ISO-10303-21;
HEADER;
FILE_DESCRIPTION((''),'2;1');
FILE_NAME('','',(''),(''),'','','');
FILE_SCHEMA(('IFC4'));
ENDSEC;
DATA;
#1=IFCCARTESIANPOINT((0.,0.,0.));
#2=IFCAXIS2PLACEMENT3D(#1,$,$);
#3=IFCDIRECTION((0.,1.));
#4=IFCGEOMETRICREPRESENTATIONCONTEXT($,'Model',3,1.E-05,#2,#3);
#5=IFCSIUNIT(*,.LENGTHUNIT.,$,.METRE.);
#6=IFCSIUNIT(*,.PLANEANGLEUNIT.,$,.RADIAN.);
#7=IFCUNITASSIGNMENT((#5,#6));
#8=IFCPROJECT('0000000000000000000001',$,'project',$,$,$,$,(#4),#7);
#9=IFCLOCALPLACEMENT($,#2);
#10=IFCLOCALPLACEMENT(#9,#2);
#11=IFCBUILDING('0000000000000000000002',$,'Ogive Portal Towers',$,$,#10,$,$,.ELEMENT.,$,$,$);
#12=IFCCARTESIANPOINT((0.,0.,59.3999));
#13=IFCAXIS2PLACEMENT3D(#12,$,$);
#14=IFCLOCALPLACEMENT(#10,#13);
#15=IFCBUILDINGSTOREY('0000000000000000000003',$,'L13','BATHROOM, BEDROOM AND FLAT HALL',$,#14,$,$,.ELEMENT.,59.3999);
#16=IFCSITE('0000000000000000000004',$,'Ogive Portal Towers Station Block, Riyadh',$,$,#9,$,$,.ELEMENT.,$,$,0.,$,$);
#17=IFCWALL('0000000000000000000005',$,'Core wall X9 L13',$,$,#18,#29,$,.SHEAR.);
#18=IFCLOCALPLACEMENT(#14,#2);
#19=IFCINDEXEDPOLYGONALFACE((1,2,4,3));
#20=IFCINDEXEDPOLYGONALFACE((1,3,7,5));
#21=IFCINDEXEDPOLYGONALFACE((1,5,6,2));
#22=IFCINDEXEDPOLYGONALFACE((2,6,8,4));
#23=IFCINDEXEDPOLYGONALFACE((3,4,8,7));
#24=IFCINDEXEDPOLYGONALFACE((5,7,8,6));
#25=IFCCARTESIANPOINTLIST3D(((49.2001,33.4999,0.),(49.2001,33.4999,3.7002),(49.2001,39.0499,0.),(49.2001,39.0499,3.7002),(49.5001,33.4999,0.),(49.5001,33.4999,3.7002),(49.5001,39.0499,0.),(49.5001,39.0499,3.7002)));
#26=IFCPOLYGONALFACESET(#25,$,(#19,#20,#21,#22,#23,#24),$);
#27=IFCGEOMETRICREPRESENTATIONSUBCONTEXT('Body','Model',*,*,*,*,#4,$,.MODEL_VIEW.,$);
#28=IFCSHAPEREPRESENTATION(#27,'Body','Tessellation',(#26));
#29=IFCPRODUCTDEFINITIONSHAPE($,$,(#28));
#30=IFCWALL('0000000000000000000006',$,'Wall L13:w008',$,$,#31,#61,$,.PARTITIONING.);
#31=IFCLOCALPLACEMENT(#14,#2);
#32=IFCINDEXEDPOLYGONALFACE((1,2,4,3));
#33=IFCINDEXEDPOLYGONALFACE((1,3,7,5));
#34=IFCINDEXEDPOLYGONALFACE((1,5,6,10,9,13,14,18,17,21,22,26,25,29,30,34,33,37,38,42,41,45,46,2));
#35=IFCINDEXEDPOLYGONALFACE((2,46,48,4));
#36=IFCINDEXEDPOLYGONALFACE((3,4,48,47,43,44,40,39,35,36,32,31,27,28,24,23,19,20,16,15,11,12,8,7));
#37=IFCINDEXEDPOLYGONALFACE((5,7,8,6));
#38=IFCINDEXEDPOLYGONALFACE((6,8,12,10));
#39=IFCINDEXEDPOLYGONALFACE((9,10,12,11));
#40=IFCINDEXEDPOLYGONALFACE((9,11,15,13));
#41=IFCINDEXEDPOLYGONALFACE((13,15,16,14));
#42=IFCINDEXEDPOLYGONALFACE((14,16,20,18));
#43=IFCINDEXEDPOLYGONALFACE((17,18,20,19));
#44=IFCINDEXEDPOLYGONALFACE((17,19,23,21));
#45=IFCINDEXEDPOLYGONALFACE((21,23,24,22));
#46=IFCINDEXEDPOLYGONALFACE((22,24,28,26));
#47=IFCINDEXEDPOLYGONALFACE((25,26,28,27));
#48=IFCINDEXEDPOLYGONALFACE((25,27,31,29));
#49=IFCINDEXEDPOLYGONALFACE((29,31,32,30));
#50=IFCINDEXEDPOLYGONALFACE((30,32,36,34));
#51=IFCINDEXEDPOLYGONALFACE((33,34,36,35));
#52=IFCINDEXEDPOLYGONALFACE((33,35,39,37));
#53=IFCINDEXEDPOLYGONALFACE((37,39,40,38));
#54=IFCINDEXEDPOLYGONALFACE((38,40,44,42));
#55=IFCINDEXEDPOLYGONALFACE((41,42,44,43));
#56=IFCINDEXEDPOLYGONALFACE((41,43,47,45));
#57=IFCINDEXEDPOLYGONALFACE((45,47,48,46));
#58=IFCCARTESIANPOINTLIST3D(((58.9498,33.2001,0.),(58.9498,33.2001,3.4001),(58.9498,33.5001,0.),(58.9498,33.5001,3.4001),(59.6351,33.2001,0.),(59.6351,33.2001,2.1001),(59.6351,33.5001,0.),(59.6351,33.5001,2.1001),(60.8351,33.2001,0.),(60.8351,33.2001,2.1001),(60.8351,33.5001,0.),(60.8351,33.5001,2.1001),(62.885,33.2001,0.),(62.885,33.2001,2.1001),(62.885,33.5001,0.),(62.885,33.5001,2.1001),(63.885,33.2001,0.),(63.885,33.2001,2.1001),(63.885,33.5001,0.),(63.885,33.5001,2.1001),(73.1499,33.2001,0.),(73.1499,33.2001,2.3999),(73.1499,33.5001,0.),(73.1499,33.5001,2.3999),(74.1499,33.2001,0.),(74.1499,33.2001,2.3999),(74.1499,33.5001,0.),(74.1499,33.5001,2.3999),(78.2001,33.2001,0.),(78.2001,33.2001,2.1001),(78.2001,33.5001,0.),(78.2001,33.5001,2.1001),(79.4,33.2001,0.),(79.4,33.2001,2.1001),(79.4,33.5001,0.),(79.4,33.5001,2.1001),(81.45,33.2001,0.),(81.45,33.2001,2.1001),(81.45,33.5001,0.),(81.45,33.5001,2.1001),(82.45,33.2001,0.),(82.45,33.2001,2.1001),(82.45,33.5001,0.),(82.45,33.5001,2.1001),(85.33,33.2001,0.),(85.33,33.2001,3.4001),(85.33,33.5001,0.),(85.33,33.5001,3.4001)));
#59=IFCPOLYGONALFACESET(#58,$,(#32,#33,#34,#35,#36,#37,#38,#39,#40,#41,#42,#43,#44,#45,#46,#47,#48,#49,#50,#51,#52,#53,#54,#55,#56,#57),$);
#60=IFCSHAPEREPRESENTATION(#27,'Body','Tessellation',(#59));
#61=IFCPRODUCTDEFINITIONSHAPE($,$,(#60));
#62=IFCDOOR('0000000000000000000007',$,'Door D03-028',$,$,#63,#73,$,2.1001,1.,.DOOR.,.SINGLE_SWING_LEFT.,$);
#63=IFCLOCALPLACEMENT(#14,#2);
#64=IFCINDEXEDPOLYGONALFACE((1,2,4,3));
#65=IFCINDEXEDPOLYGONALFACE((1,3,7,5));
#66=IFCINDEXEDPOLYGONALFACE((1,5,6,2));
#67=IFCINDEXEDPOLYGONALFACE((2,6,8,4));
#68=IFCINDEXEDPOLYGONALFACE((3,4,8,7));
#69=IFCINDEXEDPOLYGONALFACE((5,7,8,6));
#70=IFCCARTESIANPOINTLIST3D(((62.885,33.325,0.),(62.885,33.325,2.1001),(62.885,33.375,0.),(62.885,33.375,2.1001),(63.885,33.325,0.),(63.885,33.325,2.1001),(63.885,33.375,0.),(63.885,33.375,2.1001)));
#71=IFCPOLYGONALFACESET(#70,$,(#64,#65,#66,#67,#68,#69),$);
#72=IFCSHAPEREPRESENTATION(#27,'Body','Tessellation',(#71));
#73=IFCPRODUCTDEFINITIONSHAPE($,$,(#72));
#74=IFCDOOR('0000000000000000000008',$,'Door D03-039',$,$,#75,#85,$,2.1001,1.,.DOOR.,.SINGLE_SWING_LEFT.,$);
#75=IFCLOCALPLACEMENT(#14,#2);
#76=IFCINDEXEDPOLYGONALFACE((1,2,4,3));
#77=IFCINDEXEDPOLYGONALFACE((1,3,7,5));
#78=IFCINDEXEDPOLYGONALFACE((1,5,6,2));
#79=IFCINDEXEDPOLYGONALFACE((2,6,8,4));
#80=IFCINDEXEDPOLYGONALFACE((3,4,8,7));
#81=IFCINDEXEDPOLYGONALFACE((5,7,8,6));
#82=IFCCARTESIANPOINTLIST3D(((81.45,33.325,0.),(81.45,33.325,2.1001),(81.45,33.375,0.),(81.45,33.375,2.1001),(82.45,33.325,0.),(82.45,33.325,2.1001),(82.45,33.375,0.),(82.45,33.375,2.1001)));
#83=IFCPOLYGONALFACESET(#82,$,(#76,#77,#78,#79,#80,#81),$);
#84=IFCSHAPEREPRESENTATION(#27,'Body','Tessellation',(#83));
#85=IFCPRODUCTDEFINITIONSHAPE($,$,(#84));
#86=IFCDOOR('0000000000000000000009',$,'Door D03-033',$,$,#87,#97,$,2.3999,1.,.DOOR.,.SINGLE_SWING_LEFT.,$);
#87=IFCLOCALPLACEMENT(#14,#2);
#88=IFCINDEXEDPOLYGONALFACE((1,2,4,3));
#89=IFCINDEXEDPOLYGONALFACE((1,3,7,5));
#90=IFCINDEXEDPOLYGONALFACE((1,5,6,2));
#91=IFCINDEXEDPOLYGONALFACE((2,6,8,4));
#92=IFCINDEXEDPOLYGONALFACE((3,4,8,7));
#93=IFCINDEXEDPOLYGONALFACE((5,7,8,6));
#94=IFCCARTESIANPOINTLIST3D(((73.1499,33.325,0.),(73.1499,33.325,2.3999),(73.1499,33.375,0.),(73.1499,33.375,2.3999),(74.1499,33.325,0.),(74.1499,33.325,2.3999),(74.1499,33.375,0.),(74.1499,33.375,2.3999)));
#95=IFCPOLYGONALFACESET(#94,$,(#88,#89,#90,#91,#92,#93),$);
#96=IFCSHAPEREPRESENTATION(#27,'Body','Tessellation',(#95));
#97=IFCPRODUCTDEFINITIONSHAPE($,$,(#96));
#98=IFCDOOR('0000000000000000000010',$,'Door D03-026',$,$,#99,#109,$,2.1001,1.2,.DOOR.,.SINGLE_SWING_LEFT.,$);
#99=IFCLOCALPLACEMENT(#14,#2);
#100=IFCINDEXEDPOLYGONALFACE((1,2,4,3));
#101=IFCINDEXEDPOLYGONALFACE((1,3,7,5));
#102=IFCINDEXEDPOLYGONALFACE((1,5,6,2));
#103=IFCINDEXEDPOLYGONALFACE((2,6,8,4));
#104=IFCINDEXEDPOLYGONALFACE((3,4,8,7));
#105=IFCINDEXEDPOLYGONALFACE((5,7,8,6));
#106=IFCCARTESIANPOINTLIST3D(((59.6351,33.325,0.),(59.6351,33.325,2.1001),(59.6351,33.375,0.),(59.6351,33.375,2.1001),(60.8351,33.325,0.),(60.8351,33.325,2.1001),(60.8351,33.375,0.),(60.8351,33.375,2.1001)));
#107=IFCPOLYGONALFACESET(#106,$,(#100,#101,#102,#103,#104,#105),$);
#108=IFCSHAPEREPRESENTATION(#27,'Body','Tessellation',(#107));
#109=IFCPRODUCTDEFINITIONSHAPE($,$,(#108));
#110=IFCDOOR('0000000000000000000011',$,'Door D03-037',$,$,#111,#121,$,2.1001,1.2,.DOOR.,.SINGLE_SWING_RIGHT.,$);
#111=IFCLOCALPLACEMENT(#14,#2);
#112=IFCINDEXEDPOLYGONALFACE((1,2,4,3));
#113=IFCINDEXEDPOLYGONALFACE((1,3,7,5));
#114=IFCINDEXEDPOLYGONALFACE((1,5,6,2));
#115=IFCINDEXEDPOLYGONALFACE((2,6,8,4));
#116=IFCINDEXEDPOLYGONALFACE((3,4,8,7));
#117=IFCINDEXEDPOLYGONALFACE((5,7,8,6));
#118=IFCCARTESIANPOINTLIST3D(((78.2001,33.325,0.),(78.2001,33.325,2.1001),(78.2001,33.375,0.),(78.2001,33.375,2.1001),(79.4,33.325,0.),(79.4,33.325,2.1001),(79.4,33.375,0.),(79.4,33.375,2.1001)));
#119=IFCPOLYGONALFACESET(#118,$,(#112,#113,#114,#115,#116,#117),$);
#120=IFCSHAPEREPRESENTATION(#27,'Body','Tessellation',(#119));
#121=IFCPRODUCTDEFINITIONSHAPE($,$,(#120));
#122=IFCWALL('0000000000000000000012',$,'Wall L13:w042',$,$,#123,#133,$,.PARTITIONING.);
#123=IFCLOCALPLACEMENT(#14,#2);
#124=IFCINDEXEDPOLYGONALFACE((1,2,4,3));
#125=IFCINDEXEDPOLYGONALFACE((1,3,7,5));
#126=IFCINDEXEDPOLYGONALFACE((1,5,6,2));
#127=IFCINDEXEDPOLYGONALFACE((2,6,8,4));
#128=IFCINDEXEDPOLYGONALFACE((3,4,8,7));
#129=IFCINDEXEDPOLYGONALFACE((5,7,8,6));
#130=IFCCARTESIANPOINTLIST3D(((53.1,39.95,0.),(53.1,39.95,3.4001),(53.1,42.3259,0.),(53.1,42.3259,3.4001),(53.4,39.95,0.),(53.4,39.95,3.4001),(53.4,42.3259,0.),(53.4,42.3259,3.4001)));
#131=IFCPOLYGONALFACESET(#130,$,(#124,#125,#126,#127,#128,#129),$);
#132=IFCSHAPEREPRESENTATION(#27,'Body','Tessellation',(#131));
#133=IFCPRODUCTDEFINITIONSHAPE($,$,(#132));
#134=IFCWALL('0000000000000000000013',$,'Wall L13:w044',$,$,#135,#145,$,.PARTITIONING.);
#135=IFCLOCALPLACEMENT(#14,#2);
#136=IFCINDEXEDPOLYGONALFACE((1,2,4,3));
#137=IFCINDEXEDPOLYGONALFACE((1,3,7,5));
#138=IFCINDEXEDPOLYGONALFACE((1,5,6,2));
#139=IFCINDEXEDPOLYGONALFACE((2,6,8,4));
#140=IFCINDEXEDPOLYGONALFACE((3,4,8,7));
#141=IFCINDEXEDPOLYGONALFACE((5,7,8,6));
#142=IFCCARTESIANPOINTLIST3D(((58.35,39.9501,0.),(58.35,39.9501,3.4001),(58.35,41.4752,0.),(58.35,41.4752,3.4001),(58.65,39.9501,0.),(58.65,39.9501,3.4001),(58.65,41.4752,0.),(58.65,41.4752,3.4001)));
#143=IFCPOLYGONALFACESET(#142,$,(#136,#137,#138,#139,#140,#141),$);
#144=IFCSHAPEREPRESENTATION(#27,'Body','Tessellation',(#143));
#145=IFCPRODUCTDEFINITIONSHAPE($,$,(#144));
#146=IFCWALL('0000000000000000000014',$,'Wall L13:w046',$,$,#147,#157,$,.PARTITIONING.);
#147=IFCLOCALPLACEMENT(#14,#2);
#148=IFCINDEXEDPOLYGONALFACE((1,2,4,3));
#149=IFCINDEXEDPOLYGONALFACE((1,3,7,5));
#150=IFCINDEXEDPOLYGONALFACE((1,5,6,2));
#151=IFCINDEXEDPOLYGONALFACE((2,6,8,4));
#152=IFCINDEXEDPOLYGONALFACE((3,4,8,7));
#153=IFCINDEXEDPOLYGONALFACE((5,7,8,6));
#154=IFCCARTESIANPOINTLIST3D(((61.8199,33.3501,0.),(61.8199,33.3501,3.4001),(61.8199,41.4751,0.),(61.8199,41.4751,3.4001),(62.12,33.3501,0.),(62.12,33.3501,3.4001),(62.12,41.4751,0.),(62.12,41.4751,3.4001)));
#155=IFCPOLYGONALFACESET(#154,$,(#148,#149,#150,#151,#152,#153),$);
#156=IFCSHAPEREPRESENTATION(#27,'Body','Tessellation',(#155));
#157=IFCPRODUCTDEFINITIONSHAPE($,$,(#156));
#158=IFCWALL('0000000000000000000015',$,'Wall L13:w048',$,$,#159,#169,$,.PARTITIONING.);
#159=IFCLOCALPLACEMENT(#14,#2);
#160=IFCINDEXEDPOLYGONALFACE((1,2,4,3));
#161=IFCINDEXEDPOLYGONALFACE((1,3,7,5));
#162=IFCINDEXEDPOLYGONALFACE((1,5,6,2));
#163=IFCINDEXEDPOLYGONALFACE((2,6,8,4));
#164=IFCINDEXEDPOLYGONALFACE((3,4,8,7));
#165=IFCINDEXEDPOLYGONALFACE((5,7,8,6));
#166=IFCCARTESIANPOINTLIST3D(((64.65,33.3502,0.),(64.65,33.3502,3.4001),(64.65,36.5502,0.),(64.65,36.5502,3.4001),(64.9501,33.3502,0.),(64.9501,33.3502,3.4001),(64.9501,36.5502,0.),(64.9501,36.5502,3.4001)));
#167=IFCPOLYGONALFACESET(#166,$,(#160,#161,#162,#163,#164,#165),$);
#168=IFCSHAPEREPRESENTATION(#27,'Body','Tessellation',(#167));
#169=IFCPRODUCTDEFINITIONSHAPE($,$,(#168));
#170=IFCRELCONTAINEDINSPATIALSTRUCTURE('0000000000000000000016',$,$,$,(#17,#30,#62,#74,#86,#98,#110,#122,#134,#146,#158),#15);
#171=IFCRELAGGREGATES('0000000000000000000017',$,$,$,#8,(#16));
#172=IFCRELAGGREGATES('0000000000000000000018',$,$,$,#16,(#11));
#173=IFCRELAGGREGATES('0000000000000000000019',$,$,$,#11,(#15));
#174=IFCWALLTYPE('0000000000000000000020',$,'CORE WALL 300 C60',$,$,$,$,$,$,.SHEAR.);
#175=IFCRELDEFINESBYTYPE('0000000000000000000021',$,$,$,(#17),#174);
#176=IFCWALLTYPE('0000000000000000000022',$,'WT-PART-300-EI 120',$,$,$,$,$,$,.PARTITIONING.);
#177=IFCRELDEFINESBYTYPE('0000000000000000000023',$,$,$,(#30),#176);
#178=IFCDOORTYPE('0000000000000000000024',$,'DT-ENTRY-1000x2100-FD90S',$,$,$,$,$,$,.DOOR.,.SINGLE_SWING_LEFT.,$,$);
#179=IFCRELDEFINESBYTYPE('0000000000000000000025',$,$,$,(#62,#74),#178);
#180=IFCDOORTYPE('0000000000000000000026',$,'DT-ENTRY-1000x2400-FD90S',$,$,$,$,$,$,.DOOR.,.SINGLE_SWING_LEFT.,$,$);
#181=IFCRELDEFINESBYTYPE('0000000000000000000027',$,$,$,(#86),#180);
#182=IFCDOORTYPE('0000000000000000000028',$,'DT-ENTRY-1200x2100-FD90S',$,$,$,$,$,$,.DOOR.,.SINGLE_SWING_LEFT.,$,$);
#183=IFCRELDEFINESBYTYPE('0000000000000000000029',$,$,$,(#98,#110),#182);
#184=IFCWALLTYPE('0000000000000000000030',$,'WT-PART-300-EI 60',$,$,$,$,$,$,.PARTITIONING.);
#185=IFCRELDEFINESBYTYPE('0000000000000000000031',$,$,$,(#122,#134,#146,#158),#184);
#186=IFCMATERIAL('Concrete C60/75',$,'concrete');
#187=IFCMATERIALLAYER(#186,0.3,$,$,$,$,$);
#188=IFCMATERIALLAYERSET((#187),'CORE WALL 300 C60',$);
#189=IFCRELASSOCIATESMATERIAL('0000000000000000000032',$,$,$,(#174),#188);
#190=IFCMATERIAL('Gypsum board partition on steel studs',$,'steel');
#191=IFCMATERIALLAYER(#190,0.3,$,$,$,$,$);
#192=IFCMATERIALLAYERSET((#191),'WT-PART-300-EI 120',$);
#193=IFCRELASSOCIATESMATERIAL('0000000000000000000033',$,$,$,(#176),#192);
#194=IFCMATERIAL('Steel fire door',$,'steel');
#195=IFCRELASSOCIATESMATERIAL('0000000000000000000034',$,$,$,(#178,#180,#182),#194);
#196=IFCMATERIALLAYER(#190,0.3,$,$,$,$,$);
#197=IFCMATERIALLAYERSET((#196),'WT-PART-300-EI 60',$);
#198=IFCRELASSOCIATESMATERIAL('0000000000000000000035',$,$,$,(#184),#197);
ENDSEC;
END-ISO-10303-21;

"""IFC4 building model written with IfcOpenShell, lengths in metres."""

from ifc_helpers import new_model, si_unit, direction, frame, frame_2d, origin, place, context, subcontext, project, spatial, rectangle, extrude, material, layer, layer_set, type_object, element, fill, save


model = new_model("IFC4")

# Units and contexts
model_context = context("Model", 3, precision=1e-05, world=origin(), true_north=direction((0.0, 1.0)))
body_context = subcontext(model_context, "Body", "Model", "MODEL_VIEW")
ifc_project = project(units=[si_unit("LENGTHUNIT", "METRE"), si_unit("PLANEANGLEUNIT", "RADIAN")], contexts=[model_context])

# Site, building, storey
site_placement = place(None, origin())
site = spatial("IfcSite", under=ifc_project, at=site_placement, Name="Ogive Portal Towers Station Block, Riyadh", CompositionType="ELEMENT", RefElevation=0.0)
building_placement = place(site_placement, origin())
building = spatial("IfcBuilding", under=site, at=building_placement, Name="Ogive Portal Towers", CompositionType="ELEMENT")
storey_placement = place(building_placement, frame((0.0, 0.0, 59.3999)))
storey = spatial("IfcBuildingStorey", under=building, at=storey_placement, Name="L13", Description="BATHROOM, BEDROOM AND FLAT HALL", CompositionType="ELEMENT", Elevation=59.3999)

# Wall
ifc_material_1 = material(Name="Concrete C60/75", Category="concrete")
ifc_layer_1 = layer(ifc_material_1, 0.3)
ifc_layer_set_1 = layer_set([ifc_layer_1], Name="CORE WALL 300 C60")
wall_type_1 = type_object("IfcWallType", Name="CORE WALL 300 C60", PredefinedType="SHEAR", material=ifc_layer_set_1)
wall_1_placement = place(storey_placement, frame((49.3501, 33.5, 0.0), z_axis=(0.0, 0.0, 1.0), x_axis=(0.0, 1.0, 0.0)))
element("IfcWall", 1, at=wall_1_placement, inside=storey, type_object=wall_type_1, Name="Core wall X9 L13", PredefinedType="SHEAR", context=body_context, shape_type="SweptSolid", body=[
    extrude(rectangle(XDim=5.55, YDim=0.3, at=frame_2d((2.7749, 0.0))), origin(), (0.0, 0.0, 1.0), 3.7002),
])

# Wall, openings, doors
ifc_material_2 = material(Name="Gypsum board partition on steel studs", Category="steel")
ifc_layer_2 = layer(ifc_material_2, 0.3)
ifc_layer_set_2 = layer_set([ifc_layer_2], Name="WT-PART-300-EI 120")
wall_type_2 = type_object("IfcWallType", Name="WT-PART-300-EI 120", PredefinedType="PARTITIONING", material=ifc_layer_set_2)
wall_2_placement = place(storey_placement, frame((58.95, 33.3501, 0.0), z_axis=(0.0, 0.0, 1.0), x_axis=(1.0, 0.0, 0.0)))
wall_2 = element("IfcWall", 2, at=wall_2_placement, inside=storey, type_object=wall_type_2, Name="Wall L13:w008", PredefinedType="PARTITIONING", context=body_context, shape_type="SweptSolid", body=[
    extrude(rectangle(XDim=26.3801, YDim=0.3, at=frame_2d((13.1899, 0.0))), origin(), (0.0, 0.0, 1.0), 3.4001),
])
opening_1_placement = place(wall_2_placement, frame((0.6851, 0.0, 0.0)))
opening_1 = element("IfcOpeningElement", 3, at=opening_1_placement, cuts=wall_2, PredefinedType="OPENING", context=body_context, shape_type="SweptSolid", body=[
    extrude(rectangle(XDim=1.2, YDim=2.1001, at=frame_2d((0.6001, 1.05))), frame((0.0, 0.1602, 0.0), z_axis=(0.0, -1.0, 0.0), x_axis=(1.0, 0.0, 0.0)), (0.0, 0.0, 1.0), 0.3201),
])
opening_2_placement = place(wall_2_placement, frame((3.9351, 0.0, 0.0)))
opening_2 = element("IfcOpeningElement", 4, at=opening_2_placement, cuts=wall_2, PredefinedType="OPENING", context=body_context, shape_type="SweptSolid", body=[
    extrude(rectangle(XDim=1.0, YDim=2.1001, at=frame_2d((0.5, 1.05))), frame((0.0, 0.1602, 0.0), z_axis=(0.0, -1.0, 0.0), x_axis=(1.0, 0.0, 0.0)), (0.0, 0.0, 1.0), 0.3201),
])
opening_3_placement = place(wall_2_placement, frame((14.2, 0.0, 0.0)))
opening_3 = element("IfcOpeningElement", 5, at=opening_3_placement, cuts=wall_2, PredefinedType="OPENING", context=body_context, shape_type="SweptSolid", body=[
    extrude(rectangle(XDim=1.0, YDim=2.3999, at=frame_2d((0.5, 1.2))), frame((0.0, 0.1602, 0.0), z_axis=(0.0, -1.0, 0.0), x_axis=(1.0, 0.0, 0.0)), (0.0, 0.0, 1.0), 0.3201),
])
opening_4_placement = place(wall_2_placement, frame((19.25, 0.0, 0.0)))
opening_4 = element("IfcOpeningElement", 6, at=opening_4_placement, cuts=wall_2, PredefinedType="OPENING", context=body_context, shape_type="SweptSolid", body=[
    extrude(rectangle(XDim=1.2, YDim=2.1001, at=frame_2d((0.6001, 1.05))), frame((0.0, 0.1602, 0.0), z_axis=(0.0, -1.0, 0.0), x_axis=(1.0, 0.0, 0.0)), (0.0, 0.0, 1.0), 0.3201),
])
opening_5_placement = place(wall_2_placement, frame((22.5, 0.0, 0.0)))
opening_5 = element("IfcOpeningElement", 7, at=opening_5_placement, cuts=wall_2, PredefinedType="OPENING", context=body_context, shape_type="SweptSolid", body=[
    extrude(rectangle(XDim=1.0, YDim=2.1001, at=frame_2d((0.5, 1.05))), frame((0.0, 0.1602, 0.0), z_axis=(0.0, -1.0, 0.0), x_axis=(1.0, 0.0, 0.0)), (0.0, 0.0, 1.0), 0.3201),
])
ifc_material_3 = material(Name="Steel fire door", Category="steel")
door_type_1 = type_object("IfcDoorType", Name="DT-ENTRY-1000x2100-FD90S", OperationType="SINGLE_SWING_LEFT", PredefinedType="DOOR", material=ifc_material_3)
door_1_placement = place(opening_2_placement, origin())
door_1 = element("IfcDoor", 8, at=door_1_placement, inside=storey, type_object=door_type_1, Name="Door D03-028", OperationType="SINGLE_SWING_LEFT", OverallHeight=2.1001, OverallWidth=1.0, PredefinedType="DOOR", context=body_context, shape_type="SweptSolid", body=[
    extrude(rectangle(XDim=1.0, YDim=2.1001, at=frame_2d((0.5, 1.05))), frame((0.0, 0.0249, 0.0), z_axis=(0.0, -1.0, 0.0), x_axis=(1.0, 0.0, 0.0)), (0.0, 0.0, 1.0), 0.05),
])
fill(opening_2, door_1)
door_2_placement = place(opening_5_placement, origin())
door_2 = element("IfcDoor", 9, at=door_2_placement, inside=storey, type_object=door_type_1, Name="Door D03-039", OperationType="SINGLE_SWING_LEFT", OverallHeight=2.1001, OverallWidth=1.0, PredefinedType="DOOR", context=body_context, shape_type="SweptSolid", body=[
    extrude(rectangle(XDim=1.0, YDim=2.1001, at=frame_2d((0.5, 1.05))), frame((0.0, 0.0249, 0.0), z_axis=(0.0, -1.0, 0.0), x_axis=(1.0, 0.0, 0.0)), (0.0, 0.0, 1.0), 0.05),
])
fill(opening_5, door_2)
door_type_2 = type_object("IfcDoorType", Name="DT-ENTRY-1000x2400-FD90S", OperationType="SINGLE_SWING_LEFT", PredefinedType="DOOR", material=ifc_material_3)
door_3_placement = place(opening_3_placement, origin())
door_3 = element("IfcDoor", 10, at=door_3_placement, inside=storey, type_object=door_type_2, Name="Door D03-033", OperationType="SINGLE_SWING_LEFT", OverallHeight=2.3999, OverallWidth=1.0, PredefinedType="DOOR", context=body_context, shape_type="SweptSolid", body=[
    extrude(rectangle(XDim=1.0, YDim=2.3999, at=frame_2d((0.5, 1.2))), frame((0.0, 0.0249, 0.0), z_axis=(0.0, -1.0, 0.0), x_axis=(1.0, 0.0, 0.0)), (0.0, 0.0, 1.0), 0.05),
])
fill(opening_3, door_3)
door_type_3 = type_object("IfcDoorType", Name="DT-ENTRY-1200x2100-FD90S", OperationType="SINGLE_SWING_LEFT", PredefinedType="DOOR", material=ifc_material_3)
door_4_placement = place(opening_1_placement, origin())
door_4 = element("IfcDoor", 11, at=door_4_placement, inside=storey, type_object=door_type_3, Name="Door D03-026", OperationType="SINGLE_SWING_LEFT", OverallHeight=2.1001, OverallWidth=1.2, PredefinedType="DOOR", context=body_context, shape_type="SweptSolid", body=[
    extrude(rectangle(XDim=1.2, YDim=2.1001, at=frame_2d((0.6001, 1.05))), frame((0.0, 0.0249, 0.0), z_axis=(0.0, -1.0, 0.0), x_axis=(1.0, 0.0, 0.0)), (0.0, 0.0, 1.0), 0.05),
])
fill(opening_1, door_4)
door_5_placement = place(opening_4_placement, origin())
door_5 = element("IfcDoor", 12, at=door_5_placement, inside=storey, type_object=door_type_3, Name="Door D03-037", OperationType="SINGLE_SWING_RIGHT", OverallHeight=2.1001, OverallWidth=1.2, PredefinedType="DOOR", context=body_context, shape_type="SweptSolid", body=[
    extrude(rectangle(XDim=1.2, YDim=2.1001, at=frame_2d((0.6001, 1.05))), frame((0.0, 0.0249, 0.0), z_axis=(0.0, -1.0, 0.0), x_axis=(1.0, 0.0, 0.0)), (0.0, 0.0, 1.0), 0.05),
])
fill(opening_4, door_5)

# Walls
ifc_layer_3 = layer(ifc_material_2, 0.3)
ifc_layer_set_3 = layer_set([ifc_layer_3], Name="WT-PART-300-EI 60")
wall_type_3 = type_object("IfcWallType", Name="WT-PART-300-EI 60", PredefinedType="PARTITIONING", material=ifc_layer_set_3)
wall_3_placement = place(storey_placement, frame((53.25, 39.95, 0.0), z_axis=(0.0, 0.0, 1.0), x_axis=(0.0, 1.0, 0.0)))
element("IfcWall", 13, at=wall_3_placement, inside=storey, type_object=wall_type_3, Name="Wall L13:w042", PredefinedType="PARTITIONING", context=body_context, shape_type="SweptSolid", body=[
    extrude(rectangle(XDim=2.376, YDim=0.3, at=frame_2d((1.188, 0.0))), origin(), (0.0, 0.0, 1.0), 3.4001),
])
wall_4_placement = place(storey_placement, frame((58.5, 39.95, 0.0), z_axis=(0.0, 0.0, 1.0), x_axis=(0.0, 1.0, 0.0)))
element("IfcWall", 14, at=wall_4_placement, inside=storey, type_object=wall_type_3, Name="Wall L13:w044", PredefinedType="PARTITIONING", context=body_context, shape_type="SweptSolid", body=[
    extrude(rectangle(XDim=1.5251, YDim=0.3, at=frame_2d((0.7627, 0.0))), origin(), (0.0, 0.0, 1.0), 3.4001),
])
wall_5_placement = place(storey_placement, frame((61.97, 33.3501, 0.0), z_axis=(0.0, 0.0, 1.0), x_axis=(0.0, 1.0, 0.0)))
element("IfcWall", 15, at=wall_5_placement, inside=storey, type_object=wall_type_3, Name="Wall L13:w046", PredefinedType="PARTITIONING", context=body_context, shape_type="SweptSolid", body=[
    extrude(rectangle(XDim=8.125, YDim=0.3, at=frame_2d((4.0625, 0.0))), origin(), (0.0, 0.0, 1.0), 3.4001),
])
wall_6_placement = place(storey_placement, frame((64.8, 33.3501, 0.0), z_axis=(0.0, 0.0, 1.0), x_axis=(0.0, 1.0, 0.0)))
element("IfcWall", 16, at=wall_6_placement, inside=storey, type_object=wall_type_3, Name="Wall L13:w048", PredefinedType="PARTITIONING", context=body_context, shape_type="SweptSolid", body=[
    extrude(rectangle(XDim=3.2, YDim=0.3, at=frame_2d((1.6001, 0.0))), origin(), (0.0, 0.0, 1.0), 3.4001),
])

save(model, "model.ifc")
